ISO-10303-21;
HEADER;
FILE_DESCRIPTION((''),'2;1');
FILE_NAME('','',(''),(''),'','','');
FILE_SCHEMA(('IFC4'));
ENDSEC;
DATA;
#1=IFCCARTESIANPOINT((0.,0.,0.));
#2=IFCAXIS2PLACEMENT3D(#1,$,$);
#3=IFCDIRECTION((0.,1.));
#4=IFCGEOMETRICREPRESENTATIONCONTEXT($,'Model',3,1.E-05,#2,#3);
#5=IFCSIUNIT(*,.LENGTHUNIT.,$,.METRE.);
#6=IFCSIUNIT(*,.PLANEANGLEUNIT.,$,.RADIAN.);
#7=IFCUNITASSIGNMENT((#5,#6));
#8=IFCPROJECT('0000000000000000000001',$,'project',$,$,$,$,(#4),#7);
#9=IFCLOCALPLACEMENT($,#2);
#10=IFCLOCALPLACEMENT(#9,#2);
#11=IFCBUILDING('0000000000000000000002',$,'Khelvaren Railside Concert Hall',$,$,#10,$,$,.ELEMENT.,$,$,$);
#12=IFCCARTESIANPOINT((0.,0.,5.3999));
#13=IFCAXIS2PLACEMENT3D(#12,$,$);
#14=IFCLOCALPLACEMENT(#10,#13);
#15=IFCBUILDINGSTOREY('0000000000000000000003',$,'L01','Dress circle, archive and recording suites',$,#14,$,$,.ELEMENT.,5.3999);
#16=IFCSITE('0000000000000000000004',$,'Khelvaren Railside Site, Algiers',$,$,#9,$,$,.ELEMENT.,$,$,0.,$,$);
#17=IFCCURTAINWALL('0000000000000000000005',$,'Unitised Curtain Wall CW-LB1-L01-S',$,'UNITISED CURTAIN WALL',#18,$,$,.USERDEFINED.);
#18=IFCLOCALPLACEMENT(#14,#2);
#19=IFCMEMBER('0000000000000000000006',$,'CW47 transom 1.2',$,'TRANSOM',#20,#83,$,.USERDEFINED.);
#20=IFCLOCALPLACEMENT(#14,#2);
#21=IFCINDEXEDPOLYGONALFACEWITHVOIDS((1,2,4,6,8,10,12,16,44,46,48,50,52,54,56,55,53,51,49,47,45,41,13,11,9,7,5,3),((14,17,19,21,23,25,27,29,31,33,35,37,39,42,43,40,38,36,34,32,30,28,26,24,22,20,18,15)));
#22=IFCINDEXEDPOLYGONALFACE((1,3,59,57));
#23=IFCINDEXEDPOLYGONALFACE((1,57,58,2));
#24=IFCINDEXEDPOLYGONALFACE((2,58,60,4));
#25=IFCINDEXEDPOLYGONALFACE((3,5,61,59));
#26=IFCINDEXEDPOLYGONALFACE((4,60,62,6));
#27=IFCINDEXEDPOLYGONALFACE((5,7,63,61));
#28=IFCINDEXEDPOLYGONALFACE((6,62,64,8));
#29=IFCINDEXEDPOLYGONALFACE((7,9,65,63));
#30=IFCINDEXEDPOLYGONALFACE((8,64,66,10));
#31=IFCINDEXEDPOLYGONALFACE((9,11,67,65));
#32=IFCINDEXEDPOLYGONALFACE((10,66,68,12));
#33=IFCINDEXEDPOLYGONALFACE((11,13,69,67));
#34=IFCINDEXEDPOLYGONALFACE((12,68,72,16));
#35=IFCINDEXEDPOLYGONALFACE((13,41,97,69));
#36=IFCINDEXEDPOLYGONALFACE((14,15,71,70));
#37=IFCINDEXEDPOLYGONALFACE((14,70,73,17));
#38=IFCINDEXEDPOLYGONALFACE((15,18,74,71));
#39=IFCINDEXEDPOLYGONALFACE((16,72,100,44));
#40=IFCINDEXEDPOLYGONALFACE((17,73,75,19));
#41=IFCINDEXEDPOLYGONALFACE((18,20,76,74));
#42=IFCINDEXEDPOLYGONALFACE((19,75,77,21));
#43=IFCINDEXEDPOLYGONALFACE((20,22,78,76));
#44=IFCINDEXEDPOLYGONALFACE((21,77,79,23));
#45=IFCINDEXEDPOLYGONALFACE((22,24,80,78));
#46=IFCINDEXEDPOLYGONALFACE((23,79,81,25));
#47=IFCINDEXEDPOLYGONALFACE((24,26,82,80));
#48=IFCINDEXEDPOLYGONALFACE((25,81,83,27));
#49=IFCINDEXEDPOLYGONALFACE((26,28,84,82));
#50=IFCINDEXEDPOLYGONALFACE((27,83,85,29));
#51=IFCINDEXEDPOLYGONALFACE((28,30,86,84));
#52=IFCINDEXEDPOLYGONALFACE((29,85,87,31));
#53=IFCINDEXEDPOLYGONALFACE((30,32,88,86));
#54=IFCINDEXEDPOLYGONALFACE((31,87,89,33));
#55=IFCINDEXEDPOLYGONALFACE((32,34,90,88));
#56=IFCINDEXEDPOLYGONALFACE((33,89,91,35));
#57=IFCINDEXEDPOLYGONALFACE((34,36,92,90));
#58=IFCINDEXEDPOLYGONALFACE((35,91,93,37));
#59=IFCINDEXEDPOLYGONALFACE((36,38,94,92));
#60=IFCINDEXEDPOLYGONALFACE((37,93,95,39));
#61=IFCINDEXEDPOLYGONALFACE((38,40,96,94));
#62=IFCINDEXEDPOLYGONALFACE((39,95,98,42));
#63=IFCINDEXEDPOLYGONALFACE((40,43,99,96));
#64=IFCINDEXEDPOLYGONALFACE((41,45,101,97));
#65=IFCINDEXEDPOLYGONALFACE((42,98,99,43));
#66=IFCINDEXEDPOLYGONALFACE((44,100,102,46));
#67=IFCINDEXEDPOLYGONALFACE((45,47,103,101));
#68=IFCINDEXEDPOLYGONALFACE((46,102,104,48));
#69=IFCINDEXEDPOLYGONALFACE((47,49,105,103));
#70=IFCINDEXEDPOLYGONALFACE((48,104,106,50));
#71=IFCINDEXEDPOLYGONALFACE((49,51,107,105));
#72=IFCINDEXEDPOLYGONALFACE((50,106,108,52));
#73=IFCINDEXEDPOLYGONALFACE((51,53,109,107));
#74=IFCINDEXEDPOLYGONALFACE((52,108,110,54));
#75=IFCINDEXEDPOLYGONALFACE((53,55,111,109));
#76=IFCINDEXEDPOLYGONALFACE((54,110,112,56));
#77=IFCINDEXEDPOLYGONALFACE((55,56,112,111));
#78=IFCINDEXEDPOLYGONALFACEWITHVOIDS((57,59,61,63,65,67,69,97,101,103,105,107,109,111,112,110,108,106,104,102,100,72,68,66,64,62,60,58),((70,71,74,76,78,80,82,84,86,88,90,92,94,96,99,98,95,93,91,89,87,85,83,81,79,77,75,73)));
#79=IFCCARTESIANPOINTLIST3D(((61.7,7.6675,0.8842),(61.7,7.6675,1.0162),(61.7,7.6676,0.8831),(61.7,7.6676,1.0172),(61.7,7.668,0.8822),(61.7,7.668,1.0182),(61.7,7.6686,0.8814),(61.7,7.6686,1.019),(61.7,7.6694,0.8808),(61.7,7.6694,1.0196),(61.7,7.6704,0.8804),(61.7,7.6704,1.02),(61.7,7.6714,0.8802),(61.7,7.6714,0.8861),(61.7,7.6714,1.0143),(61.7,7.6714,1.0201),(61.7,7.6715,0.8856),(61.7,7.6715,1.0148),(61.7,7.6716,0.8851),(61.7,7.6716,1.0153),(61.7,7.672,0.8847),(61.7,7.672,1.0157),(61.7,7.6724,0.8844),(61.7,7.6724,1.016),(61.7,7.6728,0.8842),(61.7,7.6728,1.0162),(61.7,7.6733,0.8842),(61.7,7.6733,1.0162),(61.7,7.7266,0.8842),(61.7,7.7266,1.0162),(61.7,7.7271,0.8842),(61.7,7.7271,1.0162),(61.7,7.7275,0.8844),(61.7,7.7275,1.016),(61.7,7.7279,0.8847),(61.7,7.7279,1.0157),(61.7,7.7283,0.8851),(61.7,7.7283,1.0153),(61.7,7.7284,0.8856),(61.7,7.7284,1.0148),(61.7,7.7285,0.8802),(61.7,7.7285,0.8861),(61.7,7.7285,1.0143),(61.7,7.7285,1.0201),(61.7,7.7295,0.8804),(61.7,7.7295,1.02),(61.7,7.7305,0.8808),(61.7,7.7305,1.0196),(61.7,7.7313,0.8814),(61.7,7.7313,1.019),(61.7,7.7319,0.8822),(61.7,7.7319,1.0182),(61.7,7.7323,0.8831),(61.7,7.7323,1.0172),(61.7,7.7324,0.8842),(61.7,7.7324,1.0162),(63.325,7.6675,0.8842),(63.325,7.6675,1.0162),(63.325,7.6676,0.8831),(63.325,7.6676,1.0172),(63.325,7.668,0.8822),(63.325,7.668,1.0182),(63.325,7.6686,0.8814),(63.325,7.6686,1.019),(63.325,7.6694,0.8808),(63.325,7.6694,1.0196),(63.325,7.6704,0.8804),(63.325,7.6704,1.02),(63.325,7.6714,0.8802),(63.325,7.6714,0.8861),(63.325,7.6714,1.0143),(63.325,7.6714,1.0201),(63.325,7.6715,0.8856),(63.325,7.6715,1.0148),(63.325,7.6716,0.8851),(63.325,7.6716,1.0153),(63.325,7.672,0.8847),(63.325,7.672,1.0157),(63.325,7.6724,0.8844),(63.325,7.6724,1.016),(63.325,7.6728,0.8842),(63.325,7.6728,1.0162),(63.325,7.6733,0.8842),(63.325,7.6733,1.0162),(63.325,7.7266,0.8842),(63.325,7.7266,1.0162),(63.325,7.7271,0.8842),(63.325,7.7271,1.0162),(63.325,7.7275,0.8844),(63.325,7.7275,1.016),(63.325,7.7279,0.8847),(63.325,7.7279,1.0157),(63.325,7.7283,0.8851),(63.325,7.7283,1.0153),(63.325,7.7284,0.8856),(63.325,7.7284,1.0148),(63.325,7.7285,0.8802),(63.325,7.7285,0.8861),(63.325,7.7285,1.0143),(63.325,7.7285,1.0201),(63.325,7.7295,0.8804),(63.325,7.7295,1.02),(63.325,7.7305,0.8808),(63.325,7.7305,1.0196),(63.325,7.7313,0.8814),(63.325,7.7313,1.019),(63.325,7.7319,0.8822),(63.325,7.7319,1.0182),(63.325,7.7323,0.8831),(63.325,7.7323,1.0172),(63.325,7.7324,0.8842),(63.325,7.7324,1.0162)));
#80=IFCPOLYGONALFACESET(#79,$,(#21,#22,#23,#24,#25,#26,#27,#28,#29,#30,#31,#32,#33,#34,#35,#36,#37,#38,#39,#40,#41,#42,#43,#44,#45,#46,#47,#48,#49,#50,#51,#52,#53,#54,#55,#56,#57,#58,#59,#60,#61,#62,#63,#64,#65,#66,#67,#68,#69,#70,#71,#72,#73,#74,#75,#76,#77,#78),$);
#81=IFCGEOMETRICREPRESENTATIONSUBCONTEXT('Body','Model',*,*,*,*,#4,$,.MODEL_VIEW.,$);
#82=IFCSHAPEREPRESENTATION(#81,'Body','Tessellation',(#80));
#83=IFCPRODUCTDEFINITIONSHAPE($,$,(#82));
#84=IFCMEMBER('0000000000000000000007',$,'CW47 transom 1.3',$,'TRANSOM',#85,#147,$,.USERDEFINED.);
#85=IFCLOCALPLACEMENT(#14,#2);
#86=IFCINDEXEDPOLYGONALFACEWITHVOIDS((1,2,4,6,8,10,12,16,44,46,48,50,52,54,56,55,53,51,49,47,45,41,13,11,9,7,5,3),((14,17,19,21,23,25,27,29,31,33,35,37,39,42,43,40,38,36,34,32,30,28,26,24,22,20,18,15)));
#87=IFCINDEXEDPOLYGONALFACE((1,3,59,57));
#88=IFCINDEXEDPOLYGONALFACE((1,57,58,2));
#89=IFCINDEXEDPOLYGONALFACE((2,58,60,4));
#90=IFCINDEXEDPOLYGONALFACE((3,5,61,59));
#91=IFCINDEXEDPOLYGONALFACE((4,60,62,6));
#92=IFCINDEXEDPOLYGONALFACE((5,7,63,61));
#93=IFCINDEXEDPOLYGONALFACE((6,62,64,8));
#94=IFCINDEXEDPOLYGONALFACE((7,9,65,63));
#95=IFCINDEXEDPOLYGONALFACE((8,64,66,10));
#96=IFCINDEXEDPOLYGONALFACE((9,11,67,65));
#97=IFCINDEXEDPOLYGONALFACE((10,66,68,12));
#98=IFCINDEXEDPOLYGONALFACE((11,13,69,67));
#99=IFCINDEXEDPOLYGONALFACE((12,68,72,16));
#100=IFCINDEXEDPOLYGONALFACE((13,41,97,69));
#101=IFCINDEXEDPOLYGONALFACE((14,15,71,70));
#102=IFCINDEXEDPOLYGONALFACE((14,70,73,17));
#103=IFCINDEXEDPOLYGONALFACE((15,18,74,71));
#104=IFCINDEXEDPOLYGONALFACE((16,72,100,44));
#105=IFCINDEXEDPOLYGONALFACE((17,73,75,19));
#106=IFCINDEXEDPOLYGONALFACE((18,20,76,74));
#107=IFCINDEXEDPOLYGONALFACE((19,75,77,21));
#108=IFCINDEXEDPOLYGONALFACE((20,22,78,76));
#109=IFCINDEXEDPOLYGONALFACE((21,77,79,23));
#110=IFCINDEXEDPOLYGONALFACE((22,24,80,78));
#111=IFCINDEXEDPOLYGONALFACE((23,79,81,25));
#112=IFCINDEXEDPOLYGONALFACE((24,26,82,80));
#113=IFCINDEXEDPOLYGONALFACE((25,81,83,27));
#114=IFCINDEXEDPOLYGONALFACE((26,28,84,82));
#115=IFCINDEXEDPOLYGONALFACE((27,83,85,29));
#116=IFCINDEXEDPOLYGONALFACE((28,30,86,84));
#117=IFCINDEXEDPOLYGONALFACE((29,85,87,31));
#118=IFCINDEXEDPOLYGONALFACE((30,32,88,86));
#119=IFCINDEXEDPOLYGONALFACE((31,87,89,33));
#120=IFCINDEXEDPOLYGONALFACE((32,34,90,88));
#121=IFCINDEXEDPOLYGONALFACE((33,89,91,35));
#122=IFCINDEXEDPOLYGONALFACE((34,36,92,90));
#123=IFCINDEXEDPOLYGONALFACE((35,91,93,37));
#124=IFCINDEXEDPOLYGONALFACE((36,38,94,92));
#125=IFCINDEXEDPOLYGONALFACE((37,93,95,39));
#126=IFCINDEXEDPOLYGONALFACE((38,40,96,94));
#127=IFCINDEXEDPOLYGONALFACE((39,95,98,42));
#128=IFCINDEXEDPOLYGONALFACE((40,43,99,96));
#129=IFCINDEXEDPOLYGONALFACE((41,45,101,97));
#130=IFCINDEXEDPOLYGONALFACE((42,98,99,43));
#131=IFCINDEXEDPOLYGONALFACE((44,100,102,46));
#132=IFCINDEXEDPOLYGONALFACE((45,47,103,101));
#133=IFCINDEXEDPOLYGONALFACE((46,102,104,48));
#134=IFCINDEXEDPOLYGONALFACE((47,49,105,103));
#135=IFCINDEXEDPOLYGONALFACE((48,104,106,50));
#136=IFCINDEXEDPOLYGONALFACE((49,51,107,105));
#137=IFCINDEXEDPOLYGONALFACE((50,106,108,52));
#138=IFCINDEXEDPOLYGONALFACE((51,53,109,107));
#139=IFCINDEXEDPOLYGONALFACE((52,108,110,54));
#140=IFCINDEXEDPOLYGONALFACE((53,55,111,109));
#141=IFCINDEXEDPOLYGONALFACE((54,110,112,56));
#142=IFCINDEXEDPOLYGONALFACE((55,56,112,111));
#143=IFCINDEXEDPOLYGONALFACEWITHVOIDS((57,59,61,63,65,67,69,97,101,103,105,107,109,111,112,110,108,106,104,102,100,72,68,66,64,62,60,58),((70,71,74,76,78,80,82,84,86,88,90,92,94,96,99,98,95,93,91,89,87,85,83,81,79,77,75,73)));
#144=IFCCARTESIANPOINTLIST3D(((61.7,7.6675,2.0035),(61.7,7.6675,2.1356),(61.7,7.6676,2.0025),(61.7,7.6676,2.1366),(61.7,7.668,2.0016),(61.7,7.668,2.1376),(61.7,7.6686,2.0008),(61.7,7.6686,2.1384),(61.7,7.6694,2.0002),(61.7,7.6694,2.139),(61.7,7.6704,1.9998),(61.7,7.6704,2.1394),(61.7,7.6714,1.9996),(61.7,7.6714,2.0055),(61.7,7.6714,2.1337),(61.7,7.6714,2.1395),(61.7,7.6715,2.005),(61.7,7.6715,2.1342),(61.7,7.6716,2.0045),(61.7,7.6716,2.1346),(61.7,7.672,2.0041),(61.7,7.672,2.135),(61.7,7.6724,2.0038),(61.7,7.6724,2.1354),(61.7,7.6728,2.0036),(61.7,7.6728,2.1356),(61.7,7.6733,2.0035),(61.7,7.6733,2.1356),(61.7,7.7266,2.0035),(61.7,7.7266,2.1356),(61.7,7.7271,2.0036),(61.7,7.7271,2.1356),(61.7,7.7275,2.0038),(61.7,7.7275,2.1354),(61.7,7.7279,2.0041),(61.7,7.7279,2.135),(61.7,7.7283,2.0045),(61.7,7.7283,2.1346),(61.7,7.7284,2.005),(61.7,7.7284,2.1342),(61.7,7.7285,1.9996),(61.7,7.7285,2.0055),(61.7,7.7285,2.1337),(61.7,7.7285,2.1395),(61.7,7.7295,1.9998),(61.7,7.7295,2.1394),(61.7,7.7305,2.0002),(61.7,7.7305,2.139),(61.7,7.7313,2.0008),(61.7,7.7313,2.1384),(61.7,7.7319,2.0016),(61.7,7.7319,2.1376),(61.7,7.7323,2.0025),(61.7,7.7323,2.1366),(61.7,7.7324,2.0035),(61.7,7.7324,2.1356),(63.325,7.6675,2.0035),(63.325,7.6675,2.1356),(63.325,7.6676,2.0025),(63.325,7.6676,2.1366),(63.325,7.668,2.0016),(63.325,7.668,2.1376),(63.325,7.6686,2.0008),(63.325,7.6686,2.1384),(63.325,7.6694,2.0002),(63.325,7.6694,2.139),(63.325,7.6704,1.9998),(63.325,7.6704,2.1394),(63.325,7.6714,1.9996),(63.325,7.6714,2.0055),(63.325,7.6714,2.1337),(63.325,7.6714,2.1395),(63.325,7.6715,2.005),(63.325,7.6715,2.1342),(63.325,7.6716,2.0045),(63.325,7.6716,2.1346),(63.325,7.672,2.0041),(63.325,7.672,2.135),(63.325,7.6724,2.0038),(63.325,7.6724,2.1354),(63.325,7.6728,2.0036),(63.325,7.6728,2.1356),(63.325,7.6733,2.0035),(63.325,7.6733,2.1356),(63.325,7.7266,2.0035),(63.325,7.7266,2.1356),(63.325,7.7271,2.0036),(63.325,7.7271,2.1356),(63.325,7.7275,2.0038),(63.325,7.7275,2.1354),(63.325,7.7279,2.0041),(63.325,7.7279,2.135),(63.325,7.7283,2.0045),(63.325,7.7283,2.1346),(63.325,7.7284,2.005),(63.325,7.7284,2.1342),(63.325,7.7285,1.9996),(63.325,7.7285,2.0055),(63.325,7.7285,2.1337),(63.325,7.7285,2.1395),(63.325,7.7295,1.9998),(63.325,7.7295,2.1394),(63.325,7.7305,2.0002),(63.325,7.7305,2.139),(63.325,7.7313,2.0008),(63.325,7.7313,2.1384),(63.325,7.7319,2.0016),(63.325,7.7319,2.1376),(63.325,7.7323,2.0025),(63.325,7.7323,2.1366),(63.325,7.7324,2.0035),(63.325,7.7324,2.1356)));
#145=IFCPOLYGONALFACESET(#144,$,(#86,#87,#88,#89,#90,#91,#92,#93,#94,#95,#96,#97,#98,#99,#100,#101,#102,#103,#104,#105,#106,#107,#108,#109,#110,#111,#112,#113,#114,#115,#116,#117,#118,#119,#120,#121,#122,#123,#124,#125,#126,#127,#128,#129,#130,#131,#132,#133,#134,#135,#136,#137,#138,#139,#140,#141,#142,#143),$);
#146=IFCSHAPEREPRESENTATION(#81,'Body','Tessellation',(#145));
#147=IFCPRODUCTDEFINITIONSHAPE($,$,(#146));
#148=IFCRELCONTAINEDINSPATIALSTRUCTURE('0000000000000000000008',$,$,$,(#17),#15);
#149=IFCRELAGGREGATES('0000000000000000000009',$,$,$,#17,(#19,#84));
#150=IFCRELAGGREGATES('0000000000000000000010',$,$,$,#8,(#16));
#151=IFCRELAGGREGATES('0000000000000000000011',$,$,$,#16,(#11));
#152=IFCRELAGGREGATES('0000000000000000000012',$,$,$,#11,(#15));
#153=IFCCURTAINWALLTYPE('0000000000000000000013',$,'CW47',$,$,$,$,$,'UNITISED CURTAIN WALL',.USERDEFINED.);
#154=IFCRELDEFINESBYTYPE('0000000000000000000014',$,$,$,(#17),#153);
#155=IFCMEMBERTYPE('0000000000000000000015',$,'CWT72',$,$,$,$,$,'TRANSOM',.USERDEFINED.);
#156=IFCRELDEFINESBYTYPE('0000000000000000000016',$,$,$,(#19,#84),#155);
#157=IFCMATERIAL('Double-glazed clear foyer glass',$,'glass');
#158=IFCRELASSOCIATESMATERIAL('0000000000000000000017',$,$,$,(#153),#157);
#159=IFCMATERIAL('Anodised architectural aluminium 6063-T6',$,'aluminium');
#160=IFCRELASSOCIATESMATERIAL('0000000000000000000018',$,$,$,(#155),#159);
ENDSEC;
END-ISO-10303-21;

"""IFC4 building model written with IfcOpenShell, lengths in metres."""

from ifc_helpers import new_model, si_unit, direction, frame, origin, origin_2d, place, context, subcontext, project, spatial, hollow_rectangle, extrude, material, material_profile, profile_set, type_object, element, aggregate, save


model = new_model("IFC4")

# Units and contexts
model_context = context("Model", 3, precision=1e-05, world=origin(), true_north=direction((0.0, 1.0)))
body_context = subcontext(model_context, "Body", "Model", "MODEL_VIEW")
ifc_project = project(units=[si_unit("LENGTHUNIT", "METRE"), si_unit("PLANEANGLEUNIT", "RADIAN")], contexts=[model_context])

# Site, building, storey
site_placement = place(None, origin())
site = spatial("IfcSite", under=ifc_project, at=site_placement, Name="Khelvaren Railside Site, Algiers", CompositionType="ELEMENT", RefElevation=0.0)
building_placement = place(site_placement, origin())
building = spatial("IfcBuilding", under=site, at=building_placement, Name="Khelvaren Railside Concert Hall", CompositionType="ELEMENT")
storey_placement = place(building_placement, frame((0.0, 0.0, 5.3999)))
storey = spatial("IfcBuildingStorey", under=building, at=storey_placement, Name="L01", Description="Dress circle, archive and recording suites", CompositionType="ELEMENT", Elevation=5.3999)

# Curtain wall, members
ifc_material_1 = material(Name="Double-glazed clear foyer glass", Category="glass")
curtain_wall_type = type_object("IfcCurtainWallType", Name="CW47", ElementType="UNITISED CURTAIN WALL", PredefinedType="USERDEFINED", material=ifc_material_1)
curtain_wall_placement = place(storey_placement, origin())
curtain_wall = element("IfcCurtainWall", 1, at=curtain_wall_placement, inside=storey, type_object=curtain_wall_type, Name="Unitised Curtain Wall CW-LB1-L01-S", ObjectType="UNITISED CURTAIN WALL", PredefinedType="USERDEFINED")
ifc_material_2 = material(Name="Anodised architectural aluminium 6063-T6", Category="aluminium")
ifc_material_profile_1 = material_profile(ifc_material_2, hollow_rectangle(XDim=0.0649, YDim=0.1399, WallThickness=0.0039, InnerFilletRadius=0.002, OuterFilletRadius=0.0039, at=origin_2d()), Name="CWT 65x140x4")
ifc_profile_set_1 = profile_set([ifc_material_profile_1], Name="Anodised architectural aluminium 6063-T6")
member_type_1 = type_object("IfcMemberType", Name="CWT72", ElementType="TRANSOM", PredefinedType="USERDEFINED", material=ifc_profile_set_1)
member_1_placement = place(storey_placement, frame((63.325, 7.7, 0.9502), z_axis=(-1.0, 0.0, 0.0), x_axis=(0.0, -1.0, 0.0)))
member_1 = element("IfcMember", 2, at=member_1_placement, type_object=member_type_1, Name="CW47 transom 1.2", ObjectType="TRANSOM", PredefinedType="USERDEFINED", context=body_context, shape_type="SweptSolid", body=[
    extrude(hollow_rectangle(XDim=0.0649, YDim=0.1399, WallThickness=0.0039, InnerFilletRadius=0.002, OuterFilletRadius=0.0039, at=origin_2d()), origin(), (0.0, 0.0, 1.0), 1.625),
])
member_2_placement = place(storey_placement, frame((63.325, 7.7, 2.0696), z_axis=(-1.0, 0.0, 0.0), x_axis=(0.0, -1.0, 0.0)))
member_2 = element("IfcMember", 3, at=member_2_placement, type_object=member_type_1, Name="CW47 transom 1.3", ObjectType="TRANSOM", PredefinedType="USERDEFINED", context=body_context, shape_type="SweptSolid", body=[
    extrude(hollow_rectangle(XDim=0.0649, YDim=0.1399, WallThickness=0.0039, InnerFilletRadius=0.002, OuterFilletRadius=0.0039, at=origin_2d()), origin(), (0.0, 0.0, 1.0), 1.625),
])

aggregate(curtain_wall, [member_1, member_2])

save(model, "model.ifc")
